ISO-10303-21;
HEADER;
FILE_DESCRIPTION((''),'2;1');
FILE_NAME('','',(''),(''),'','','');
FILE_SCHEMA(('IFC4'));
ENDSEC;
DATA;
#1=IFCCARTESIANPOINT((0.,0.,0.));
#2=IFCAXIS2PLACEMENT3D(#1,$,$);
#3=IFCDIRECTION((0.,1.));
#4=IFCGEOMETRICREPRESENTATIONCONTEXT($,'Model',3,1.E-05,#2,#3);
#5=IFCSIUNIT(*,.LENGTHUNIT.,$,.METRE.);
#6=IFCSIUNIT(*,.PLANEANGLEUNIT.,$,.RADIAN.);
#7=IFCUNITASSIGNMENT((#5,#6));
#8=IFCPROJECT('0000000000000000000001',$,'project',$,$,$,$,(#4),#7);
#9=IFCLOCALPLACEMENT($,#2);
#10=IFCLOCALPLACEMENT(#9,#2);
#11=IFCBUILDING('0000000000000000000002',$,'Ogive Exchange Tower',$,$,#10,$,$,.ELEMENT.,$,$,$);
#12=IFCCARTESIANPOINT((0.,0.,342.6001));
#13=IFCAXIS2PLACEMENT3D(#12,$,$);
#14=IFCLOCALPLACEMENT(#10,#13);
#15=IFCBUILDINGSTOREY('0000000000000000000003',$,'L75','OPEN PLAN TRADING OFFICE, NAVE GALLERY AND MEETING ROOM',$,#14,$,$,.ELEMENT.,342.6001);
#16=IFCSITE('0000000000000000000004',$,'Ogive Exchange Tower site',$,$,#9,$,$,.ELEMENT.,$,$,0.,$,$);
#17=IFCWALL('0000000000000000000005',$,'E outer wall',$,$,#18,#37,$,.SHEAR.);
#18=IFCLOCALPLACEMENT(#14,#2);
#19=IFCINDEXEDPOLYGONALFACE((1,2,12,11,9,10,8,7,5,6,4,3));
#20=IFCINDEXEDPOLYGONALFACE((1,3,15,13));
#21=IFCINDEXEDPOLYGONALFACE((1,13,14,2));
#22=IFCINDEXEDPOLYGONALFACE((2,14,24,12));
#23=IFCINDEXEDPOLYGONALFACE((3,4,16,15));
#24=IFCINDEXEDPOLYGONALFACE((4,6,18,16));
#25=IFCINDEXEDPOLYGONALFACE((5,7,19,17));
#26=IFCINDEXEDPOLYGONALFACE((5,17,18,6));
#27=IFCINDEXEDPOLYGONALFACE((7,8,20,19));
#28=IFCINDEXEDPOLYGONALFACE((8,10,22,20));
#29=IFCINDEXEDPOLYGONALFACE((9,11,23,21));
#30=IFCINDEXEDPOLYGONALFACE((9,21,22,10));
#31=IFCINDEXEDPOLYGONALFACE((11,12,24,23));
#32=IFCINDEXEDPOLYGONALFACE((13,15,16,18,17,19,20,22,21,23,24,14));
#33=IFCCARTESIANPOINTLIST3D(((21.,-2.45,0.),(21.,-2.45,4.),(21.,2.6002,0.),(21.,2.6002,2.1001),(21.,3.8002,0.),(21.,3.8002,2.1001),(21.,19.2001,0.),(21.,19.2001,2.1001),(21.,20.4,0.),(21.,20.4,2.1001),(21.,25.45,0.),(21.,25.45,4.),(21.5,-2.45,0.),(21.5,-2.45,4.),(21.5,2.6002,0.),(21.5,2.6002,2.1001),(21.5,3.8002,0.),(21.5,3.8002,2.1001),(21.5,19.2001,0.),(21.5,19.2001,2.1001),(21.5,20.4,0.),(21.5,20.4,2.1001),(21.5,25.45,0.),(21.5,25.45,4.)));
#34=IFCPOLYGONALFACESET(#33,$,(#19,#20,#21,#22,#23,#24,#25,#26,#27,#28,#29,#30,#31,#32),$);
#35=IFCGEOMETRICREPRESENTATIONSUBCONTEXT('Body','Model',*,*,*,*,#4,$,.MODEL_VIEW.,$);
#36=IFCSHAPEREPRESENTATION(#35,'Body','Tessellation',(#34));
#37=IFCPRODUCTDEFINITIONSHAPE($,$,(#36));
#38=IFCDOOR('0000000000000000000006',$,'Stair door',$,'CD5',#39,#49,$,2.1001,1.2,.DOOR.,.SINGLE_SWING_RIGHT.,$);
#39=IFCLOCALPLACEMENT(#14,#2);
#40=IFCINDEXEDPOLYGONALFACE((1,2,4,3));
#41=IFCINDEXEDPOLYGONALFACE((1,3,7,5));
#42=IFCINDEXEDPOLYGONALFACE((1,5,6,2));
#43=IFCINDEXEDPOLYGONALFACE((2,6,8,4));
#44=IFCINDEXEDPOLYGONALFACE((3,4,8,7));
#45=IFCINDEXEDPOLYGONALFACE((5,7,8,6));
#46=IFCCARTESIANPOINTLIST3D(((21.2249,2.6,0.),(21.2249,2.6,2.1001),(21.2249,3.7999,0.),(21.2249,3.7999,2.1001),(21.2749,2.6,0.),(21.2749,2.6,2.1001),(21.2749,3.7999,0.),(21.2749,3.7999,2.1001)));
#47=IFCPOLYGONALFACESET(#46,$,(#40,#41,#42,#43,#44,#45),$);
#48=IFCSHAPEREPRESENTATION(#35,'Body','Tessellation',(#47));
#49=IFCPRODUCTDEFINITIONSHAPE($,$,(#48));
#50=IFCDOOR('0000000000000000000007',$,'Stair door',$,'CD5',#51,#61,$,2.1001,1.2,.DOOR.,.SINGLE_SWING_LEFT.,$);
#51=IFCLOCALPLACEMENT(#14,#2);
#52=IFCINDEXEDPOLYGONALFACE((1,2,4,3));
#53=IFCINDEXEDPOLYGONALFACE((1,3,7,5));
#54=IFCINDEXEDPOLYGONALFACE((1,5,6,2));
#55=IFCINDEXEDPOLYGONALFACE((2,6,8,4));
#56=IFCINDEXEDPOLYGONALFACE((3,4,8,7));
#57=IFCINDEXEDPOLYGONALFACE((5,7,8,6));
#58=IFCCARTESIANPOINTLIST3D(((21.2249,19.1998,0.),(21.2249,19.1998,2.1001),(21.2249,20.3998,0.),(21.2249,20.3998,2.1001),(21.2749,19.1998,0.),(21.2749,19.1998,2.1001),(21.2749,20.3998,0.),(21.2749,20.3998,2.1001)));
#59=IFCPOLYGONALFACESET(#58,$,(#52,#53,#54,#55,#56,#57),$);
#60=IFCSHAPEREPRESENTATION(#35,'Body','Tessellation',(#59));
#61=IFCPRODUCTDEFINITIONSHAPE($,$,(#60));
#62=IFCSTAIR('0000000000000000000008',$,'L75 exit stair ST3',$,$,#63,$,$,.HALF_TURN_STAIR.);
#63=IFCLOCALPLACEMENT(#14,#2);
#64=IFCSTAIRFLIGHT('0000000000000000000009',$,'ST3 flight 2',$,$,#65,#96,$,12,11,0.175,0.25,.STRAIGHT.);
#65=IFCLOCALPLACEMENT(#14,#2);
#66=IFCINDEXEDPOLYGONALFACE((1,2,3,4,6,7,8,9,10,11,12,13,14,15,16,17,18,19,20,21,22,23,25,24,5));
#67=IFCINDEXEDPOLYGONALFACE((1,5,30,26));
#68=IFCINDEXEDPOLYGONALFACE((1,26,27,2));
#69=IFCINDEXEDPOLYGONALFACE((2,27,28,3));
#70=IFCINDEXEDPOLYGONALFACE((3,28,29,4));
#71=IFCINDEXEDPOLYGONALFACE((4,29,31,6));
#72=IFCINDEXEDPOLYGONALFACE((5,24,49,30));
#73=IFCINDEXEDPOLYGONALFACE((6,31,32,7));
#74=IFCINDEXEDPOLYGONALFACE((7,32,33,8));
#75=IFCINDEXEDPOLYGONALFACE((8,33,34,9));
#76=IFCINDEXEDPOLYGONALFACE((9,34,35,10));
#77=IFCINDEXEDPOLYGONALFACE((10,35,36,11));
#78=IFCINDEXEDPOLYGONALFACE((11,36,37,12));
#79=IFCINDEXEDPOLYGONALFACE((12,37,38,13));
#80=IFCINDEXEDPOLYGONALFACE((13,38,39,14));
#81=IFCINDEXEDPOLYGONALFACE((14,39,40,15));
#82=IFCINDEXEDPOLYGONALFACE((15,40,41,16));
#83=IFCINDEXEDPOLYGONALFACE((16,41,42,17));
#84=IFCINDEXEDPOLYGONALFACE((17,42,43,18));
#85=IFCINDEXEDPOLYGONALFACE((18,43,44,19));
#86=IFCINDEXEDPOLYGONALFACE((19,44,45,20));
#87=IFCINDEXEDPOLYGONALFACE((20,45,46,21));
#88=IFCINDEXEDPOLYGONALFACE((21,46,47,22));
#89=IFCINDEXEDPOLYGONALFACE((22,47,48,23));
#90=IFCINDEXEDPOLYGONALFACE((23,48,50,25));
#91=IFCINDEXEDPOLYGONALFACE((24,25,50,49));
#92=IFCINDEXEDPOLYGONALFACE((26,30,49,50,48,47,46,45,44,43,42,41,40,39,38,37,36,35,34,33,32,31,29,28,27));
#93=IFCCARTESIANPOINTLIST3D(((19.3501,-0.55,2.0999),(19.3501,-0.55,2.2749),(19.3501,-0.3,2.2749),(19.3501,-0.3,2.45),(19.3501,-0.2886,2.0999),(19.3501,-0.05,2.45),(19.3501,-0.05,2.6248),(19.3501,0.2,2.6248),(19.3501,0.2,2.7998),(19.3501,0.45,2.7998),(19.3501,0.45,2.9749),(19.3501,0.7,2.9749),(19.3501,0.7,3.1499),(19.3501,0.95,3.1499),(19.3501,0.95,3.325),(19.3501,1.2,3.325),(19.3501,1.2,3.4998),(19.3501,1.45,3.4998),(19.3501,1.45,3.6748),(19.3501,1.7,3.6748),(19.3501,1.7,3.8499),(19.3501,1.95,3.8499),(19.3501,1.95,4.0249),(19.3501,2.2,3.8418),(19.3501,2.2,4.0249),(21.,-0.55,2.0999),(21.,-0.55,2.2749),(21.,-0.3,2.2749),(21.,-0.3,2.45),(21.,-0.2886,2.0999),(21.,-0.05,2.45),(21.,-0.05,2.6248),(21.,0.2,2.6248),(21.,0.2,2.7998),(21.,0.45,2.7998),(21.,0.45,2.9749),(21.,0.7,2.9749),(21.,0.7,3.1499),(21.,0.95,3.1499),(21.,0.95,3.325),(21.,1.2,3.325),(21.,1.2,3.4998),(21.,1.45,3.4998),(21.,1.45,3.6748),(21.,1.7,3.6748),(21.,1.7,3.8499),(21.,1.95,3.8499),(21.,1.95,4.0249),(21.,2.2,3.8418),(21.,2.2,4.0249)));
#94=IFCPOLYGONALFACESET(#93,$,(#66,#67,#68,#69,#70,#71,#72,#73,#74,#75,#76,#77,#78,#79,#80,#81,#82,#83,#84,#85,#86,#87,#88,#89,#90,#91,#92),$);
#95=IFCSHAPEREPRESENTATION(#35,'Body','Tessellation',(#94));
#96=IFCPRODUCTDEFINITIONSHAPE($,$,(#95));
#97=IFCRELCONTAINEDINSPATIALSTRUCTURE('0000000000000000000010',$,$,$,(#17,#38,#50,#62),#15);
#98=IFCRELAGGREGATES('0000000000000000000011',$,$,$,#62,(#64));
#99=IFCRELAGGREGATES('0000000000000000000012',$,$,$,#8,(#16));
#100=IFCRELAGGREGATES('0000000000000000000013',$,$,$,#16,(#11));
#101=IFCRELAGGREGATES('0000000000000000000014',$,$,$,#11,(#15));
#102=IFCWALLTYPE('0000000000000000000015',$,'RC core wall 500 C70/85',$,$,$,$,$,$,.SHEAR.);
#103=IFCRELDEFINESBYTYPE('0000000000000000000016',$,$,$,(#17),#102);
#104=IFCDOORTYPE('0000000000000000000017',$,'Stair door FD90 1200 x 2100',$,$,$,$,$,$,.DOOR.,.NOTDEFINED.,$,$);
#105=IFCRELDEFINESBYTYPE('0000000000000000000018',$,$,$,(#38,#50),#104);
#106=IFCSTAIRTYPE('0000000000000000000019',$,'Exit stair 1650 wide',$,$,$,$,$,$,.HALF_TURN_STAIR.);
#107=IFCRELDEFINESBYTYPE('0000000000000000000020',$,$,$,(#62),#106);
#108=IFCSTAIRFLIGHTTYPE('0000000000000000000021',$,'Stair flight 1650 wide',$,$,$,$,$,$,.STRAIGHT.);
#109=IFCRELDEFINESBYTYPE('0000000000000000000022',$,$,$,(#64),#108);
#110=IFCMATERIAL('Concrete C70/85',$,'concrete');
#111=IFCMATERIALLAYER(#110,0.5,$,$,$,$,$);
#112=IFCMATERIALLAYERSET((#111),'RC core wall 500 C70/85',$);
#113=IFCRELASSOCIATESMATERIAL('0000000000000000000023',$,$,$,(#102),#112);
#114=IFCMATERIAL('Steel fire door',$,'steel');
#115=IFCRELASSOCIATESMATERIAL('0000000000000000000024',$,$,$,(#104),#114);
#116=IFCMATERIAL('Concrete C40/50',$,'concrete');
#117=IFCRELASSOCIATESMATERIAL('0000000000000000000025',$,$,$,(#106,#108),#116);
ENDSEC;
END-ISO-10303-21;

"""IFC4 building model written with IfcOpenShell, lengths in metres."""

from ifc_helpers import new_model, si_unit, direction, frame, frame_2d, origin, place, context, subcontext, project, spatial, polyline, rectangle, outline, extrude, material, layer, layer_set, type_object, element, fill, aggregate, save


model = new_model("IFC4")

# Units and contexts
model_context = context("Model", 3, precision=1e-05, world=origin(), true_north=direction((0.0, 1.0)))
body_context = subcontext(model_context, "Body", "Model", "MODEL_VIEW")
ifc_project = project(units=[si_unit("LENGTHUNIT", "METRE"), si_unit("PLANEANGLEUNIT", "RADIAN")], contexts=[model_context])

# Site, building, storey
site_placement = place(None, origin())
site = spatial("IfcSite", under=ifc_project, at=site_placement, Name="Ogive Exchange Tower site", CompositionType="ELEMENT", RefElevation=0.0)
building_placement = place(site_placement, origin())
building = spatial("IfcBuilding", under=site, at=building_placement, Name="Ogive Exchange Tower", CompositionType="ELEMENT")
storey_placement = place(building_placement, frame((0.0, 0.0, 342.6001)))
storey = spatial("IfcBuildingStorey", under=building, at=storey_placement, Name="L75", Description="OPEN PLAN TRADING OFFICE, NAVE GALLERY AND MEETING ROOM", CompositionType="ELEMENT", Elevation=342.6001)

# Wall, openings, doors
ifc_material_1 = material(Name="Concrete C70/85", Category="concrete")
ifc_layer_1 = layer(ifc_material_1, 0.5)
ifc_layer_set_1 = layer_set([ifc_layer_1], Name="RC core wall 500 C70/85")
wall_type_1 = type_object("IfcWallType", Name="RC core wall 500 C70/85", PredefinedType="SHEAR", material=ifc_layer_set_1)
wall_1_placement = place(storey_placement, frame((21.25, -2.45, 0.0), z_axis=(0.0, 0.0, 1.0), x_axis=(0.0, 1.0, 0.0)))
wall_1 = element("IfcWall", 1, at=wall_1_placement, inside=storey, type_object=wall_type_1, Name="E outer wall", PredefinedType="SHEAR", context=body_context, shape_type="SweptSolid", body=[
    extrude(rectangle(XDim=27.8999, YDim=0.5, at=frame_2d((13.95, 0.0))), origin(), (0.0, 0.0, 1.0), 4.0),
])
opening_1_placement = place(wall_1_placement, frame((5.05, 0.0, 0.0)))
opening_1 = element("IfcOpeningElement", 2, at=opening_1_placement, cuts=wall_1, PredefinedType="OPENING", context=body_context, shape_type="SweptSolid", body=[
    extrude(rectangle(XDim=1.2, YDim=2.1001, at=frame_2d((0.6001, 1.05))), frame((0.0, 0.26, 0.0), z_axis=(0.0, -1.0, 0.0), x_axis=(1.0, 0.0, 0.0)), (0.0, 0.0, 1.0), 0.52),
])
opening_2_placement = place(wall_1_placement, frame((21.6499, 0.0, 0.0)))
opening_2 = element("IfcOpeningElement", 3, at=opening_2_placement, cuts=wall_1, PredefinedType="OPENING", context=body_context, shape_type="SweptSolid", body=[
    extrude(rectangle(XDim=1.2, YDim=2.1001, at=frame_2d((0.6001, 1.05))), frame((0.0, 0.26, 0.0), z_axis=(0.0, -1.0, 0.0), x_axis=(1.0, 0.0, 0.0)), (0.0, 0.0, 1.0), 0.52),
])
ifc_material_2 = material(Name="Steel fire door", Category="steel")
door_type_1 = type_object("IfcDoorType", Name="Stair door FD90 1200 x 2100", OperationType="NOTDEFINED", PredefinedType="DOOR", material=ifc_material_2)
door_1_placement = place(opening_1_placement, frame((1.2, 0.0, 0.0), z_axis=(0.0, 0.0, 1.0), x_axis=(-1.0, 0.0, 0.0)))
door_1 = element("IfcDoor", 4, at=door_1_placement, inside=storey, type_object=door_type_1, Name="Stair door", ObjectType="CD5", OperationType="SINGLE_SWING_RIGHT", OverallHeight=2.1001, OverallWidth=1.2, PredefinedType="DOOR", context=body_context, shape_type="SweptSolid", body=[
    extrude(rectangle(XDim=1.2, YDim=2.1001, at=frame_2d((0.6001, 1.05))), frame((0.0, 0.0249, 0.0), z_axis=(0.0, -1.0, 0.0), x_axis=(1.0, 0.0, 0.0)), (0.0, 0.0, 1.0), 0.05),
])
fill(opening_1, door_1)
door_2_placement = place(opening_2_placement, frame((1.2, 0.0, 0.0), z_axis=(0.0, 0.0, 1.0), x_axis=(-1.0, 0.0, 0.0)))
door_2 = element("IfcDoor", 5, at=door_2_placement, inside=storey, type_object=door_type_1, Name="Stair door", ObjectType="CD5", OperationType="SINGLE_SWING_LEFT", OverallHeight=2.1001, OverallWidth=1.2, PredefinedType="DOOR", context=body_context, shape_type="SweptSolid", body=[
    extrude(rectangle(XDim=1.2, YDim=2.1001, at=frame_2d((0.6001, 1.05))), frame((0.0, 0.0249, 0.0), z_axis=(0.0, -1.0, 0.0), x_axis=(1.0, 0.0, 0.0)), (0.0, 0.0, 1.0), 0.05),
])
fill(opening_2, door_2)

# Stair, stair flight
ifc_material_3 = material(Name="Concrete C40/50", Category="concrete")
stair_type = type_object("IfcStairType", Name="Exit stair 1650 wide", PredefinedType="HALF_TURN_STAIR", material=ifc_material_3)
stair_placement = place(storey_placement, origin())
stair = element("IfcStair", 6, at=stair_placement, inside=storey, type_object=stair_type, Name="L75 exit stair ST3", PredefinedType="HALF_TURN_STAIR")
stair_flight_type = type_object("IfcStairFlightType", Name="Stair flight 1650 wide", PredefinedType="STRAIGHT", material=ifc_material_3)
stair_flight_placement = place(storey_placement, frame((20.175, -0.55, 2.0999), z_axis=(0.0, 0.0, 1.0), x_axis=(0.0, 1.0, 0.0)))
stair_flight = element("IfcStairFlight", 7, at=stair_flight_placement, type_object=stair_flight_type, Name="ST3 flight 2", NumberOfRisers=12, NumberOfTreads=11, PredefinedType="STRAIGHT", RiserHeight=0.175, TreadLength=0.25, context=body_context, shape_type="SweptSolid", body=[
    extrude(outline(polyline([(0.0, 0.0), (0.0, 0.175), (0.25, 0.175), (0.25, 0.3501), (0.5, 0.3501), (0.5, 0.5249), (0.75, 0.5249), (0.75, 0.7), (1.0, 0.7), (1.0, 0.875), (1.25, 0.875), (1.25, 1.05), (1.5, 1.05), (1.5, 1.2251), (1.75, 1.2251), (1.75, 1.3999), (2.0, 1.3999), (2.0, 1.575), (2.25, 1.575), (2.25, 1.75), (2.5, 1.75), (2.5, 1.925), (2.75, 1.925), (2.75, 2.1001), (2.75, 1.7419), (0.2615, 0.0), (0.0, 0.0)])), frame((0.0, 0.825, 0.0), z_axis=(0.0, -1.0, 0.0), x_axis=(1.0, 0.0, 0.0)), (0.0, 0.0, 1.0), 1.6499),
])
aggregate(stair, [stair_flight])

save(model, "model.ifc")
